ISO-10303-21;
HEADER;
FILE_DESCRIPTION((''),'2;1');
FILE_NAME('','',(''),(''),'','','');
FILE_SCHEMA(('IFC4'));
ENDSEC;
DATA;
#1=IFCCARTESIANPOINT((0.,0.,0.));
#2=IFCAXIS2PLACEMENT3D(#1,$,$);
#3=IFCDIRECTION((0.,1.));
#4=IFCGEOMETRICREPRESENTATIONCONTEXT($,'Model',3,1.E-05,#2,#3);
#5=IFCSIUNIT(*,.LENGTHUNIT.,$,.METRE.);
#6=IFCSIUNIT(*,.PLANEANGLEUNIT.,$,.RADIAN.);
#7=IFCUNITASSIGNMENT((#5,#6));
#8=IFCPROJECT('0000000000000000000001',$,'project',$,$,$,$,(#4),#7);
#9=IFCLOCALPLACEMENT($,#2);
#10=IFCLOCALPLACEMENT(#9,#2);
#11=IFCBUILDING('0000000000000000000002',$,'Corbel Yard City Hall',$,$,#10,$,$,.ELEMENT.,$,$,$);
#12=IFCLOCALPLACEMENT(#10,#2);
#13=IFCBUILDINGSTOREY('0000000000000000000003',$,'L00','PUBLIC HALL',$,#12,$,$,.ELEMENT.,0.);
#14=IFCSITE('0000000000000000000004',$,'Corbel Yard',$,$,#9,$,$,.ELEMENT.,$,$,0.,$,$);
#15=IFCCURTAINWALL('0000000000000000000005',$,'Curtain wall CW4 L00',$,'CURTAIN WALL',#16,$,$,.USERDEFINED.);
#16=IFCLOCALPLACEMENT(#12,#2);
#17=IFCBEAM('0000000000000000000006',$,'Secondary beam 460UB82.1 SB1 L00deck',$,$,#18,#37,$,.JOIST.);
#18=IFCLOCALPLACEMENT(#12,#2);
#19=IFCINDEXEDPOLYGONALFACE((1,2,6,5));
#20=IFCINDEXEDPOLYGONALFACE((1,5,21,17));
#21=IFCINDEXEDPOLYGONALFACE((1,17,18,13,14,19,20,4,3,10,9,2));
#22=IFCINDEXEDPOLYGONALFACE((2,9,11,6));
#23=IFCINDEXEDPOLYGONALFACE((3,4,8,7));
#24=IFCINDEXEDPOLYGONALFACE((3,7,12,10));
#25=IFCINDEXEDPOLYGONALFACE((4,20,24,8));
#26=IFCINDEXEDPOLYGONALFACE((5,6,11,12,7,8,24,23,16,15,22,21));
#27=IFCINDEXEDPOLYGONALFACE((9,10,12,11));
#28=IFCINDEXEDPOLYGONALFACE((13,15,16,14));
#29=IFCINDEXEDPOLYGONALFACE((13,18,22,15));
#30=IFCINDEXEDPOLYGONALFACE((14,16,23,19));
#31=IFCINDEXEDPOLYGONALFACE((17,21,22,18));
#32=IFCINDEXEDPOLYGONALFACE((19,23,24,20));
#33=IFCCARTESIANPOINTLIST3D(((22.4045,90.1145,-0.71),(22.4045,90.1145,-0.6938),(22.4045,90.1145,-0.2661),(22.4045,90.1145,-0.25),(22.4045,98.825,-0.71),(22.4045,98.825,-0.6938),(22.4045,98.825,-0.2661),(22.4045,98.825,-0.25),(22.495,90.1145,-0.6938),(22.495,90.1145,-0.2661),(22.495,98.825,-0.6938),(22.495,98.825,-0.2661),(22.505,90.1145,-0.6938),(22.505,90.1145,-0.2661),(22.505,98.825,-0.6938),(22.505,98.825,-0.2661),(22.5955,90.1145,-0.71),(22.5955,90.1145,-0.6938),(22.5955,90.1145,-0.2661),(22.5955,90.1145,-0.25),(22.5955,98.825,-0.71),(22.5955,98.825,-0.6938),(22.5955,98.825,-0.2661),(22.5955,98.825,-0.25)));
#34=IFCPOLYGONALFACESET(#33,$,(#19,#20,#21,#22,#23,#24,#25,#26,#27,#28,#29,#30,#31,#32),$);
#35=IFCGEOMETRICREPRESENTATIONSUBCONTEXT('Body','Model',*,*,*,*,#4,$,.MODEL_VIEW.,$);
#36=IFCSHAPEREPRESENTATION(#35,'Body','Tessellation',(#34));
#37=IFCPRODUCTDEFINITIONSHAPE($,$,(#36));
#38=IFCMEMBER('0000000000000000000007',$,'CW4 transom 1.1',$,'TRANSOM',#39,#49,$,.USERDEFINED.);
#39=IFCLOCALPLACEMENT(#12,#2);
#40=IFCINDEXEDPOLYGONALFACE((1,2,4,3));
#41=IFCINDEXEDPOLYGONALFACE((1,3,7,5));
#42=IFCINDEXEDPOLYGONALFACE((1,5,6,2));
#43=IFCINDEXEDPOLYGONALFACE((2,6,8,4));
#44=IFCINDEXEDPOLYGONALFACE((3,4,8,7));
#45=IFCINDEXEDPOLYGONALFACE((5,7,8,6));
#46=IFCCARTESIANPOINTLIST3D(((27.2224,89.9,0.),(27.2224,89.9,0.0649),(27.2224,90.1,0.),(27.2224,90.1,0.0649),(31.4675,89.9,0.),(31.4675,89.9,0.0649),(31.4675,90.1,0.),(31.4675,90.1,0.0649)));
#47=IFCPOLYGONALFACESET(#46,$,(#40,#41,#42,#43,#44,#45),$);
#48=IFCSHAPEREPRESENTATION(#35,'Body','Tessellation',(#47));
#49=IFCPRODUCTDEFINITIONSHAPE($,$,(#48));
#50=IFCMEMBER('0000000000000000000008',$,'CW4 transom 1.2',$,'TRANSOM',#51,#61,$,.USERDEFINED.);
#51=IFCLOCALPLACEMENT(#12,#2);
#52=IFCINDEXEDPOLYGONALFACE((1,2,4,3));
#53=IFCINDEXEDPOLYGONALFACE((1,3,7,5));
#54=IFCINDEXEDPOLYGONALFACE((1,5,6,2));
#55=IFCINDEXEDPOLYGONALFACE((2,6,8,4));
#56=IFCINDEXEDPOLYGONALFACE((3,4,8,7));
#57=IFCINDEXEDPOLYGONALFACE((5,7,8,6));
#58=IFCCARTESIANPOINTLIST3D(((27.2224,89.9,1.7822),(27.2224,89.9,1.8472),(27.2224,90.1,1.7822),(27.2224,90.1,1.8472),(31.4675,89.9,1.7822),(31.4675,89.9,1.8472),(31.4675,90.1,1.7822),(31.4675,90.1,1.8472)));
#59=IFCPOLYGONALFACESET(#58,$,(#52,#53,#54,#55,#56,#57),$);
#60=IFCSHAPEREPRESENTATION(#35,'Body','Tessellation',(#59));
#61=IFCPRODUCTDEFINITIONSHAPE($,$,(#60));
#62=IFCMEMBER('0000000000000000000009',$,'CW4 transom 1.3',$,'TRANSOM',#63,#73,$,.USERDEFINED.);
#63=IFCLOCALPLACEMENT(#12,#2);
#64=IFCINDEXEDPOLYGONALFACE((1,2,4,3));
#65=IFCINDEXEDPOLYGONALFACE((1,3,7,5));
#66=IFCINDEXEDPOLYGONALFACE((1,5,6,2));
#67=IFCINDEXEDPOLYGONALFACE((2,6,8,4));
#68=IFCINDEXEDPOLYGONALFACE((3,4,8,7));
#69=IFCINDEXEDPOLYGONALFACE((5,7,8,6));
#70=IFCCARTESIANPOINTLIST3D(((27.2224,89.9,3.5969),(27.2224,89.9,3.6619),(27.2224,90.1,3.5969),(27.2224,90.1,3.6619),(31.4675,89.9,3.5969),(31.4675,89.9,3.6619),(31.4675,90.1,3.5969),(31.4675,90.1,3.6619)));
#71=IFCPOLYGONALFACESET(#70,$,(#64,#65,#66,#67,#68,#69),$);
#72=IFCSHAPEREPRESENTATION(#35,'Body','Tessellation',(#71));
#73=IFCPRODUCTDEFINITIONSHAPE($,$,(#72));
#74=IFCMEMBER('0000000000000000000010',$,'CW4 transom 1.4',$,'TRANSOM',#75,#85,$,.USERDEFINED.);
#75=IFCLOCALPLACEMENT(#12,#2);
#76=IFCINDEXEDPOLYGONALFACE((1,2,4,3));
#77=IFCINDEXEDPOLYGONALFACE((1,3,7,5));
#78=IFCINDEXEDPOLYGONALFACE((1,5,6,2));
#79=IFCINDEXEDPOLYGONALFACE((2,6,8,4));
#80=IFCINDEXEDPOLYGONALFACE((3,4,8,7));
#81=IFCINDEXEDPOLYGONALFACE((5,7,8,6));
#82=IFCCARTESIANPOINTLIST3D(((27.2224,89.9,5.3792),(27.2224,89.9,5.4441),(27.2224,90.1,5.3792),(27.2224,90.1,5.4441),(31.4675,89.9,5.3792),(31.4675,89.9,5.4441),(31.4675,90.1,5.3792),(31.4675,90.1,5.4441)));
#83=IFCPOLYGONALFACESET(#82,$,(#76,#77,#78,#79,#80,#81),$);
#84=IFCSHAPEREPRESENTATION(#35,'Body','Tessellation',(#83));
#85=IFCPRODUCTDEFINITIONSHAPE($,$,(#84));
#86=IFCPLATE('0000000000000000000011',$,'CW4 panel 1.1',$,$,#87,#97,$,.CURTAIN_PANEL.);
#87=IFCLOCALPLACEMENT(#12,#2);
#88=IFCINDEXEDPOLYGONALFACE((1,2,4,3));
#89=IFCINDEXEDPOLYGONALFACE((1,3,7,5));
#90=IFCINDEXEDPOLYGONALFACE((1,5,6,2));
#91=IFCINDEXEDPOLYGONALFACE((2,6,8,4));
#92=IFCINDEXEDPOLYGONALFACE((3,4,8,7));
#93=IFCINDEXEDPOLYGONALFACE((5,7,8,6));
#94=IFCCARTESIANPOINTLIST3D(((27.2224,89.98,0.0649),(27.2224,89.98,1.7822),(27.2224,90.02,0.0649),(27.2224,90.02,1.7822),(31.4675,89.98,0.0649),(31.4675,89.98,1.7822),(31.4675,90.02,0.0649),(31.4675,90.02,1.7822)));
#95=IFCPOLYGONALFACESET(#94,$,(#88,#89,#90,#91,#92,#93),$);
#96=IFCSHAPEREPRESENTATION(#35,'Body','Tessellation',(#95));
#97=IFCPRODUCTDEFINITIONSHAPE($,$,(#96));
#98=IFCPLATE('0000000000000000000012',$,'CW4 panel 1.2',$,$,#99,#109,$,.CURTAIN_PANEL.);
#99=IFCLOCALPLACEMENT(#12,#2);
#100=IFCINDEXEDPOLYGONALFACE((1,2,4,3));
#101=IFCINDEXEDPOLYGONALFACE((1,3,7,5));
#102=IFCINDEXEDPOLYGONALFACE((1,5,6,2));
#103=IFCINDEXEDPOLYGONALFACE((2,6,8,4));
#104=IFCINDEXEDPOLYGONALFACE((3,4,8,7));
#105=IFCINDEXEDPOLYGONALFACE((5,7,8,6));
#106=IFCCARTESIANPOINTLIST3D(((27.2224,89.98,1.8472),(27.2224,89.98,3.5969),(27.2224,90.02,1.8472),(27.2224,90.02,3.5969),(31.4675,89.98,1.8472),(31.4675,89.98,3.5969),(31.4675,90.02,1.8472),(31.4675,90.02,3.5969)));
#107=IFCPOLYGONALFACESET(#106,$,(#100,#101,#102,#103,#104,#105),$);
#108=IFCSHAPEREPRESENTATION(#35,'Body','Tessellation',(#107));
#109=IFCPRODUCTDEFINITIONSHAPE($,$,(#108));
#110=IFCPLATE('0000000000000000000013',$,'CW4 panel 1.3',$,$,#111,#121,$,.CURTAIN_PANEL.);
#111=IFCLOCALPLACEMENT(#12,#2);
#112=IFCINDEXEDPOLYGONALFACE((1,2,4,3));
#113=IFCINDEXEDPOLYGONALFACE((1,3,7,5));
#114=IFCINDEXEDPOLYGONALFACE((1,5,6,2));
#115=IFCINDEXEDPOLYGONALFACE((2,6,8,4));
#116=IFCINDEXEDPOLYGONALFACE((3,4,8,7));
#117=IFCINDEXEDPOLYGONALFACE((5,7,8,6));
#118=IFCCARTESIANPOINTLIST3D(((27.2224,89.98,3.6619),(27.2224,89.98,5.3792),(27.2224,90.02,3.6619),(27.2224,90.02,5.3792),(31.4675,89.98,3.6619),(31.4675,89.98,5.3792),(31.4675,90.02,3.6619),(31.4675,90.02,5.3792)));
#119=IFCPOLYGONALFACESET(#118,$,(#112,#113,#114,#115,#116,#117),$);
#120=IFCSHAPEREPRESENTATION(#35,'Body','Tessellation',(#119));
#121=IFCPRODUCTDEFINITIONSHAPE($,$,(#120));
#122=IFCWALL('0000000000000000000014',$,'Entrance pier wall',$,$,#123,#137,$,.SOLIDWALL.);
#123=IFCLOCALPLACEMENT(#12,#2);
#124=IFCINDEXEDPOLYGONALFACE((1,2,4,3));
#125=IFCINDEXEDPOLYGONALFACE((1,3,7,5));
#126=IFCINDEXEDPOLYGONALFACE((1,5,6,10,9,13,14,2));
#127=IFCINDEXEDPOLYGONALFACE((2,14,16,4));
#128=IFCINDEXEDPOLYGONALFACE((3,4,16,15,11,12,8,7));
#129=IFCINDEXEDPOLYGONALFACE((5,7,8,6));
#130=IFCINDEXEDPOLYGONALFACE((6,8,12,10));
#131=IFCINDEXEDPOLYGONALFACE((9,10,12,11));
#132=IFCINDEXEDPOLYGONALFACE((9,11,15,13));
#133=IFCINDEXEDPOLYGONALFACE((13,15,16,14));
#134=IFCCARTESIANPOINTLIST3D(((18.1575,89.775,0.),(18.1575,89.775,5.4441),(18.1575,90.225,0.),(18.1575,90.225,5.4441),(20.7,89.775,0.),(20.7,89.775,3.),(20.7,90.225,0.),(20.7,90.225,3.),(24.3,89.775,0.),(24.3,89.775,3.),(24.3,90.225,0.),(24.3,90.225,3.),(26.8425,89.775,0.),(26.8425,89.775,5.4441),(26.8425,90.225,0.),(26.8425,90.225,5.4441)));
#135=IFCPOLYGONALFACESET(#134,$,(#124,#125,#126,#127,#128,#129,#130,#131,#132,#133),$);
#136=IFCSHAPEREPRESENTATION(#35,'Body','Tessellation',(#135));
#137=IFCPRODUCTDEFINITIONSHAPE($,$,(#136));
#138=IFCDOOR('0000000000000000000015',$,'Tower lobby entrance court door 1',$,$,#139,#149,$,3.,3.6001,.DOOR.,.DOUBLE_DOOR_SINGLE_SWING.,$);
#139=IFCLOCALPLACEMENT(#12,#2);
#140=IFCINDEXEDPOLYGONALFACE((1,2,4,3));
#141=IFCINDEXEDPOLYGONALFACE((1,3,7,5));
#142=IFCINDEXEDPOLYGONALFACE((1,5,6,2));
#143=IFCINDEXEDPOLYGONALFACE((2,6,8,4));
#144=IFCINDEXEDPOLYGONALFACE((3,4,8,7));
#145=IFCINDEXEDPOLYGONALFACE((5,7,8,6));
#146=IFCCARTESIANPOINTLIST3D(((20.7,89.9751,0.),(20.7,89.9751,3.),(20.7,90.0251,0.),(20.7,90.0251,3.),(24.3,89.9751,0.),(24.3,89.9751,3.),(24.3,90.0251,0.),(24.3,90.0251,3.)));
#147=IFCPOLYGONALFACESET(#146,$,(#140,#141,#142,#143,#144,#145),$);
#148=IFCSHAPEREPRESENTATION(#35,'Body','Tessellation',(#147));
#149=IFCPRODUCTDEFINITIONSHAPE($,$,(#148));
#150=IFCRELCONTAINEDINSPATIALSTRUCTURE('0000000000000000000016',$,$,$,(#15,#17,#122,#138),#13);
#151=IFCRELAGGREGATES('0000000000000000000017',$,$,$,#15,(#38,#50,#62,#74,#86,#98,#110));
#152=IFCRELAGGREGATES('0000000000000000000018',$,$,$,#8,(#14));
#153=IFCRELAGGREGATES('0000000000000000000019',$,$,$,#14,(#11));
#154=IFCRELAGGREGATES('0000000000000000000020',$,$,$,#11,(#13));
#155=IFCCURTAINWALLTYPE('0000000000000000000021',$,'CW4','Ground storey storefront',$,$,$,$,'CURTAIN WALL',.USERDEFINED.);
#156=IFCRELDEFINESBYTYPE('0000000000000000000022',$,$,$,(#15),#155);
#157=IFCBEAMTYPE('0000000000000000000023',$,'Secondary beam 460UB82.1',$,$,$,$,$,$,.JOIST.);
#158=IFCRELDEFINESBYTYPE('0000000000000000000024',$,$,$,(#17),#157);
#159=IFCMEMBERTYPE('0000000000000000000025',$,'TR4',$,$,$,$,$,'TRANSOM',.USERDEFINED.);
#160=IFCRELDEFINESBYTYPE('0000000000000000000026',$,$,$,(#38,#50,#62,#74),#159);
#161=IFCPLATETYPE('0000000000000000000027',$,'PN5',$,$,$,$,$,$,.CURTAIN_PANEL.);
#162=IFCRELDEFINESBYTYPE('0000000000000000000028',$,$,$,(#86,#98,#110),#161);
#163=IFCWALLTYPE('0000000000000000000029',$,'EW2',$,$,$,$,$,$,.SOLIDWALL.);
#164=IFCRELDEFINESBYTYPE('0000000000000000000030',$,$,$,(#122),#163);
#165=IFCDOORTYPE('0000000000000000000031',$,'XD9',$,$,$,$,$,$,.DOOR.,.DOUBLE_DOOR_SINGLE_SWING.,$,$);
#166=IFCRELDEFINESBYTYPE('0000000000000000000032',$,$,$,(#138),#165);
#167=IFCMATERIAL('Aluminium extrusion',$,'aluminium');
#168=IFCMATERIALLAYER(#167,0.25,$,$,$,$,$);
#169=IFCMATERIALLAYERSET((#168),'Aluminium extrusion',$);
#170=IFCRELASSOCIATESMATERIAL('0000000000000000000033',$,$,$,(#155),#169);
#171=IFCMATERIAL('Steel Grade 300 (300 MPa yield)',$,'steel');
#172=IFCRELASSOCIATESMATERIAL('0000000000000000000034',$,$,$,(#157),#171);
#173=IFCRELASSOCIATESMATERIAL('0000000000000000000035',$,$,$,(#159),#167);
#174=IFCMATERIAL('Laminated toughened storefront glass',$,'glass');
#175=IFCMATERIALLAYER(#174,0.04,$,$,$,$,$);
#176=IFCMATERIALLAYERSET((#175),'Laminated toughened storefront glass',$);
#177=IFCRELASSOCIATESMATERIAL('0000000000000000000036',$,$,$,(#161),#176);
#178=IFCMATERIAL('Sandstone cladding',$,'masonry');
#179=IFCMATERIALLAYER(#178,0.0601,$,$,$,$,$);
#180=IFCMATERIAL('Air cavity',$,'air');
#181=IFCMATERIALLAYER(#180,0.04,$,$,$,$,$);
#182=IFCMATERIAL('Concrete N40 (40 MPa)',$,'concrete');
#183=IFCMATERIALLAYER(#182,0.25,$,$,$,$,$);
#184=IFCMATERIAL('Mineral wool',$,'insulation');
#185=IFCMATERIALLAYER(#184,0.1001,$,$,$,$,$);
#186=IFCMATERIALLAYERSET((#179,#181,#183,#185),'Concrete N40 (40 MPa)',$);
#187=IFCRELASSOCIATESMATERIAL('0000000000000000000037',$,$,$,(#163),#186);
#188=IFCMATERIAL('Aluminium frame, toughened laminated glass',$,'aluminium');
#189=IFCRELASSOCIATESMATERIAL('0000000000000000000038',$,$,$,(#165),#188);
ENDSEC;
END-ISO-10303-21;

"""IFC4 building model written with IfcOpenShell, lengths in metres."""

from ifc_helpers import new_model, si_unit, direction, frame, frame_2d, origin, origin_2d, place, context, subcontext, project, spatial, rectangle, i_section, extrude, material, layer, layer_set, material_profile, profile_set, type_object, element, fill, aggregate, save


model = new_model("IFC4")

# Units and contexts
model_context = context("Model", 3, precision=1e-05, world=origin(), true_north=direction((0.0, 1.0)))
body_context = subcontext(model_context, "Body", "Model", "MODEL_VIEW")
ifc_project = project(units=[si_unit("LENGTHUNIT", "METRE"), si_unit("PLANEANGLEUNIT", "RADIAN")], contexts=[model_context])

# Site, building, storey
site_placement = place(None, origin())
site = spatial("IfcSite", under=ifc_project, at=site_placement, Name="Corbel Yard", CompositionType="ELEMENT", RefElevation=0.0)
building_placement = place(site_placement, origin())
building = spatial("IfcBuilding", under=site, at=building_placement, Name="Corbel Yard City Hall", CompositionType="ELEMENT")
storey_placement = place(building_placement, origin())
storey = spatial("IfcBuildingStorey", under=building, at=storey_placement, Name="L00", Description="PUBLIC HALL", CompositionType="ELEMENT", Elevation=0.0)

# Shared definitions
ifc_material_1 = material(Name="Steel Grade 300 (300 MPa yield)", Category="steel")

# Curtain wall
ifc_material_2 = material(Name="Aluminium extrusion", Category="aluminium")
ifc_layer_1 = layer(ifc_material_2, 0.25)
ifc_layer_set_1 = layer_set([ifc_layer_1], Name="Aluminium extrusion")
curtain_wall_type = type_object("IfcCurtainWallType", Name="CW4", Description="Ground storey storefront", ElementType="CURTAIN WALL", PredefinedType="USERDEFINED", material=ifc_layer_set_1)
curtain_wall_placement = place(storey_placement, origin())
curtain_wall = element("IfcCurtainWall", 1, at=curtain_wall_placement, inside=storey, type_object=curtain_wall_type, Name="Curtain wall CW4 L00", ObjectType="CURTAIN WALL", PredefinedType="USERDEFINED")

# Beam
ifc_material_profile_1 = material_profile(ifc_material_1, i_section(OverallWidth=0.1909, OverallDepth=0.46, WebThickness=0.01, FlangeThickness=0.0161, at=origin_2d()), Name="460UB82.1")
ifc_profile_set_1 = profile_set([ifc_material_profile_1], Name="Steel Grade 300 (300 MPa yield)")
beam_type_1 = type_object("IfcBeamType", Name="Secondary beam 460UB82.1", PredefinedType="JOIST", material=ifc_profile_set_1)
beam_1_placement = place(storey_placement, frame((22.5, 90.1145, -0.48), z_axis=(0.0, 1.0, 0.0), x_axis=(-1.0, 0.0, 0.0)))
element("IfcBeam", 2, at=beam_1_placement, inside=storey, type_object=beam_type_1, Name="Secondary beam 460UB82.1 SB1 L00deck", PredefinedType="JOIST", context=body_context, shape_type="SweptSolid", body=[
    extrude(i_section(OverallWidth=0.1909, OverallDepth=0.46, WebThickness=0.01, FlangeThickness=0.0161, at=origin_2d()), origin(), (0.0, 0.0, 1.0), 8.7104),
])

# Members
ifc_material_profile_2 = material_profile(ifc_material_2, rectangle(XDim=0.2, YDim=0.0649, at=origin_2d()), Name="200x65")
ifc_profile_set_2 = profile_set([ifc_material_profile_2], Name="Aluminium extrusion")
member_type_1 = type_object("IfcMemberType", Name="TR4", ElementType="TRANSOM", PredefinedType="USERDEFINED", material=ifc_profile_set_2)
member_1_placement = place(storey_placement, frame((27.2224, 90.0, 0.0325), z_axis=(1.0, 0.0, 0.0), x_axis=(0.0, 1.0, 0.0)))
member_1 = element("IfcMember", 3, at=member_1_placement, type_object=member_type_1, Name="CW4 transom 1.1", ObjectType="TRANSOM", PredefinedType="USERDEFINED", context=body_context, shape_type="SweptSolid", body=[
    extrude(rectangle(XDim=0.2, YDim=0.0649, at=origin_2d()), origin(), (0.0, 0.0, 1.0), 4.2451),
])
member_2_placement = place(storey_placement, frame((27.2224, 90.0, 1.8147), z_axis=(1.0, 0.0, 0.0), x_axis=(0.0, 1.0, 0.0)))
member_2 = element("IfcMember", 4, at=member_2_placement, type_object=member_type_1, Name="CW4 transom 1.2", ObjectType="TRANSOM", PredefinedType="USERDEFINED", context=body_context, shape_type="SweptSolid", body=[
    extrude(rectangle(XDim=0.2, YDim=0.0649, at=origin_2d()), origin(), (0.0, 0.0, 1.0), 4.2451),
])
member_3_placement = place(storey_placement, frame((27.2224, 90.0, 3.6294), z_axis=(1.0, 0.0, 0.0), x_axis=(0.0, 1.0, 0.0)))
member_3 = element("IfcMember", 5, at=member_3_placement, type_object=member_type_1, Name="CW4 transom 1.3", ObjectType="TRANSOM", PredefinedType="USERDEFINED", context=body_context, shape_type="SweptSolid", body=[
    extrude(rectangle(XDim=0.2, YDim=0.0649, at=origin_2d()), origin(), (0.0, 0.0, 1.0), 4.2451),
])
member_4_placement = place(storey_placement, frame((27.2224, 90.0, 5.4116), z_axis=(1.0, 0.0, 0.0), x_axis=(0.0, 1.0, 0.0)))
member_4 = element("IfcMember", 6, at=member_4_placement, type_object=member_type_1, Name="CW4 transom 1.4", ObjectType="TRANSOM", PredefinedType="USERDEFINED", context=body_context, shape_type="SweptSolid", body=[
    extrude(rectangle(XDim=0.2, YDim=0.0649, at=origin_2d()), origin(), (0.0, 0.0, 1.0), 4.2451),
])

# Plates
ifc_material_3 = material(Name="Laminated toughened storefront glass", Category="glass")
ifc_layer_2 = layer(ifc_material_3, 0.04)
ifc_layer_set_2 = layer_set([ifc_layer_2], Name="Laminated toughened storefront glass")
plate_type = type_object("IfcPlateType", Name="PN5", PredefinedType="CURTAIN_PANEL", material=ifc_layer_set_2)
plate_1_placement = place(storey_placement, frame((29.345, 90.0, 0.0649), z_axis=(0.0, 0.0, 1.0), x_axis=(1.0, 0.0, 0.0)))
plate_1 = element("IfcPlate", 7, at=plate_1_placement, type_object=plate_type, Name="CW4 panel 1.1", PredefinedType="CURTAIN_PANEL", context=body_context, shape_type="SweptSolid", body=[
    extrude(rectangle(XDim=4.2451, YDim=0.04, at=origin_2d()), origin(), (0.0, 0.0, 1.0), 1.7173),
])
plate_2_placement = place(storey_placement, frame((29.345, 90.0, 1.8472), z_axis=(0.0, 0.0, 1.0), x_axis=(1.0, 0.0, 0.0)))
plate_2 = element("IfcPlate", 8, at=plate_2_placement, type_object=plate_type, Name="CW4 panel 1.2", PredefinedType="CURTAIN_PANEL", context=body_context, shape_type="SweptSolid", body=[
    extrude(rectangle(XDim=4.2451, YDim=0.04, at=origin_2d()), origin(), (0.0, 0.0, 1.0), 1.7498),
])
plate_3_placement = place(storey_placement, frame((29.345, 90.0, 3.6619), z_axis=(0.0, 0.0, 1.0), x_axis=(1.0, 0.0, 0.0)))
plate_3 = element("IfcPlate", 9, at=plate_3_placement, type_object=plate_type, Name="CW4 panel 1.3", PredefinedType="CURTAIN_PANEL", context=body_context, shape_type="SweptSolid", body=[
    extrude(rectangle(XDim=4.2451, YDim=0.04, at=origin_2d()), origin(), (0.0, 0.0, 1.0), 1.7173),
])
aggregate(curtain_wall, [member_1, member_2, member_3, member_4, plate_1, plate_2, plate_3])

# Wall, opening, door
ifc_material_4 = material(Name="Sandstone cladding", Category="masonry")
ifc_layer_3 = layer(ifc_material_4, 0.0601)
ifc_material_5 = material(Name="Air cavity", Category="air")
ifc_layer_4 = layer(ifc_material_5, 0.04)
ifc_material_6 = material(Name="Concrete N40 (40 MPa)", Category="concrete")
ifc_layer_5 = layer(ifc_material_6, 0.25)
ifc_material_7 = material(Name="Mineral wool", Category="insulation")
ifc_layer_6 = layer(ifc_material_7, 0.1001)
ifc_layer_set_3 = layer_set([ifc_layer_3, ifc_layer_4, ifc_layer_5, ifc_layer_6], Name="Concrete N40 (40 MPa)")
wall_type_1 = type_object("IfcWallType", Name="EW2", PredefinedType="SOLIDWALL", material=ifc_layer_set_3)
wall_1_placement = place(storey_placement, frame((18.1575, 90.0, 0.0), z_axis=(0.0, 0.0, 1.0), x_axis=(1.0, 0.0, 0.0)))
wall_1 = element("IfcWall", 10, at=wall_1_placement, inside=storey, type_object=wall_type_1, Name="Entrance pier wall", PredefinedType="SOLIDWALL", context=body_context, shape_type="SweptSolid", body=[
    extrude(rectangle(XDim=8.6851, YDim=0.45, at=frame_2d((4.3425, 0.0))), origin(), (0.0, 0.0, 1.0), 5.4441),
])
opening_1_placement = place(wall_1_placement, frame((2.5425, 0.0, 0.0)))
opening_1 = element("IfcOpeningElement", 11, at=opening_1_placement, cuts=wall_1, PredefinedType="OPENING", context=body_context, shape_type="SweptSolid", body=[
    extrude(rectangle(XDim=3.6001, YDim=3.0, at=frame_2d((1.8, 1.5))), frame((0.0, 0.2349, 0.0), z_axis=(0.0, -1.0, 0.0), x_axis=(1.0, 0.0, 0.0)), (0.0, 0.0, 1.0), 0.47),
])
ifc_material_8 = material(Name="Aluminium frame, toughened laminated glass", Category="aluminium")
door_type_1 = type_object("IfcDoorType", Name="XD9", OperationType="DOUBLE_DOOR_SINGLE_SWING", PredefinedType="DOOR", material=ifc_material_8)
door_1_placement = place(opening_1_placement, frame((3.6001, 0.0, 0.0), z_axis=(0.0, 0.0, 1.0), x_axis=(-1.0, 0.0, 0.0)))
door_1 = element("IfcDoor", 12, at=door_1_placement, inside=storey, type_object=door_type_1, Name="Tower lobby entrance court door 1", OperationType="DOUBLE_DOOR_SINGLE_SWING", OverallHeight=3.0, OverallWidth=3.6001, PredefinedType="DOOR", context=body_context, shape_type="SweptSolid", body=[
    extrude(rectangle(XDim=3.6001, YDim=3.0, at=frame_2d((1.8, 1.5))), frame((0.0, 0.0249, 0.0), z_axis=(0.0, -1.0, 0.0), x_axis=(1.0, 0.0, 0.0)), (0.0, 0.0, 1.0), 0.05),
])
fill(opening_1, door_1)

save(model, "model.ifc")
